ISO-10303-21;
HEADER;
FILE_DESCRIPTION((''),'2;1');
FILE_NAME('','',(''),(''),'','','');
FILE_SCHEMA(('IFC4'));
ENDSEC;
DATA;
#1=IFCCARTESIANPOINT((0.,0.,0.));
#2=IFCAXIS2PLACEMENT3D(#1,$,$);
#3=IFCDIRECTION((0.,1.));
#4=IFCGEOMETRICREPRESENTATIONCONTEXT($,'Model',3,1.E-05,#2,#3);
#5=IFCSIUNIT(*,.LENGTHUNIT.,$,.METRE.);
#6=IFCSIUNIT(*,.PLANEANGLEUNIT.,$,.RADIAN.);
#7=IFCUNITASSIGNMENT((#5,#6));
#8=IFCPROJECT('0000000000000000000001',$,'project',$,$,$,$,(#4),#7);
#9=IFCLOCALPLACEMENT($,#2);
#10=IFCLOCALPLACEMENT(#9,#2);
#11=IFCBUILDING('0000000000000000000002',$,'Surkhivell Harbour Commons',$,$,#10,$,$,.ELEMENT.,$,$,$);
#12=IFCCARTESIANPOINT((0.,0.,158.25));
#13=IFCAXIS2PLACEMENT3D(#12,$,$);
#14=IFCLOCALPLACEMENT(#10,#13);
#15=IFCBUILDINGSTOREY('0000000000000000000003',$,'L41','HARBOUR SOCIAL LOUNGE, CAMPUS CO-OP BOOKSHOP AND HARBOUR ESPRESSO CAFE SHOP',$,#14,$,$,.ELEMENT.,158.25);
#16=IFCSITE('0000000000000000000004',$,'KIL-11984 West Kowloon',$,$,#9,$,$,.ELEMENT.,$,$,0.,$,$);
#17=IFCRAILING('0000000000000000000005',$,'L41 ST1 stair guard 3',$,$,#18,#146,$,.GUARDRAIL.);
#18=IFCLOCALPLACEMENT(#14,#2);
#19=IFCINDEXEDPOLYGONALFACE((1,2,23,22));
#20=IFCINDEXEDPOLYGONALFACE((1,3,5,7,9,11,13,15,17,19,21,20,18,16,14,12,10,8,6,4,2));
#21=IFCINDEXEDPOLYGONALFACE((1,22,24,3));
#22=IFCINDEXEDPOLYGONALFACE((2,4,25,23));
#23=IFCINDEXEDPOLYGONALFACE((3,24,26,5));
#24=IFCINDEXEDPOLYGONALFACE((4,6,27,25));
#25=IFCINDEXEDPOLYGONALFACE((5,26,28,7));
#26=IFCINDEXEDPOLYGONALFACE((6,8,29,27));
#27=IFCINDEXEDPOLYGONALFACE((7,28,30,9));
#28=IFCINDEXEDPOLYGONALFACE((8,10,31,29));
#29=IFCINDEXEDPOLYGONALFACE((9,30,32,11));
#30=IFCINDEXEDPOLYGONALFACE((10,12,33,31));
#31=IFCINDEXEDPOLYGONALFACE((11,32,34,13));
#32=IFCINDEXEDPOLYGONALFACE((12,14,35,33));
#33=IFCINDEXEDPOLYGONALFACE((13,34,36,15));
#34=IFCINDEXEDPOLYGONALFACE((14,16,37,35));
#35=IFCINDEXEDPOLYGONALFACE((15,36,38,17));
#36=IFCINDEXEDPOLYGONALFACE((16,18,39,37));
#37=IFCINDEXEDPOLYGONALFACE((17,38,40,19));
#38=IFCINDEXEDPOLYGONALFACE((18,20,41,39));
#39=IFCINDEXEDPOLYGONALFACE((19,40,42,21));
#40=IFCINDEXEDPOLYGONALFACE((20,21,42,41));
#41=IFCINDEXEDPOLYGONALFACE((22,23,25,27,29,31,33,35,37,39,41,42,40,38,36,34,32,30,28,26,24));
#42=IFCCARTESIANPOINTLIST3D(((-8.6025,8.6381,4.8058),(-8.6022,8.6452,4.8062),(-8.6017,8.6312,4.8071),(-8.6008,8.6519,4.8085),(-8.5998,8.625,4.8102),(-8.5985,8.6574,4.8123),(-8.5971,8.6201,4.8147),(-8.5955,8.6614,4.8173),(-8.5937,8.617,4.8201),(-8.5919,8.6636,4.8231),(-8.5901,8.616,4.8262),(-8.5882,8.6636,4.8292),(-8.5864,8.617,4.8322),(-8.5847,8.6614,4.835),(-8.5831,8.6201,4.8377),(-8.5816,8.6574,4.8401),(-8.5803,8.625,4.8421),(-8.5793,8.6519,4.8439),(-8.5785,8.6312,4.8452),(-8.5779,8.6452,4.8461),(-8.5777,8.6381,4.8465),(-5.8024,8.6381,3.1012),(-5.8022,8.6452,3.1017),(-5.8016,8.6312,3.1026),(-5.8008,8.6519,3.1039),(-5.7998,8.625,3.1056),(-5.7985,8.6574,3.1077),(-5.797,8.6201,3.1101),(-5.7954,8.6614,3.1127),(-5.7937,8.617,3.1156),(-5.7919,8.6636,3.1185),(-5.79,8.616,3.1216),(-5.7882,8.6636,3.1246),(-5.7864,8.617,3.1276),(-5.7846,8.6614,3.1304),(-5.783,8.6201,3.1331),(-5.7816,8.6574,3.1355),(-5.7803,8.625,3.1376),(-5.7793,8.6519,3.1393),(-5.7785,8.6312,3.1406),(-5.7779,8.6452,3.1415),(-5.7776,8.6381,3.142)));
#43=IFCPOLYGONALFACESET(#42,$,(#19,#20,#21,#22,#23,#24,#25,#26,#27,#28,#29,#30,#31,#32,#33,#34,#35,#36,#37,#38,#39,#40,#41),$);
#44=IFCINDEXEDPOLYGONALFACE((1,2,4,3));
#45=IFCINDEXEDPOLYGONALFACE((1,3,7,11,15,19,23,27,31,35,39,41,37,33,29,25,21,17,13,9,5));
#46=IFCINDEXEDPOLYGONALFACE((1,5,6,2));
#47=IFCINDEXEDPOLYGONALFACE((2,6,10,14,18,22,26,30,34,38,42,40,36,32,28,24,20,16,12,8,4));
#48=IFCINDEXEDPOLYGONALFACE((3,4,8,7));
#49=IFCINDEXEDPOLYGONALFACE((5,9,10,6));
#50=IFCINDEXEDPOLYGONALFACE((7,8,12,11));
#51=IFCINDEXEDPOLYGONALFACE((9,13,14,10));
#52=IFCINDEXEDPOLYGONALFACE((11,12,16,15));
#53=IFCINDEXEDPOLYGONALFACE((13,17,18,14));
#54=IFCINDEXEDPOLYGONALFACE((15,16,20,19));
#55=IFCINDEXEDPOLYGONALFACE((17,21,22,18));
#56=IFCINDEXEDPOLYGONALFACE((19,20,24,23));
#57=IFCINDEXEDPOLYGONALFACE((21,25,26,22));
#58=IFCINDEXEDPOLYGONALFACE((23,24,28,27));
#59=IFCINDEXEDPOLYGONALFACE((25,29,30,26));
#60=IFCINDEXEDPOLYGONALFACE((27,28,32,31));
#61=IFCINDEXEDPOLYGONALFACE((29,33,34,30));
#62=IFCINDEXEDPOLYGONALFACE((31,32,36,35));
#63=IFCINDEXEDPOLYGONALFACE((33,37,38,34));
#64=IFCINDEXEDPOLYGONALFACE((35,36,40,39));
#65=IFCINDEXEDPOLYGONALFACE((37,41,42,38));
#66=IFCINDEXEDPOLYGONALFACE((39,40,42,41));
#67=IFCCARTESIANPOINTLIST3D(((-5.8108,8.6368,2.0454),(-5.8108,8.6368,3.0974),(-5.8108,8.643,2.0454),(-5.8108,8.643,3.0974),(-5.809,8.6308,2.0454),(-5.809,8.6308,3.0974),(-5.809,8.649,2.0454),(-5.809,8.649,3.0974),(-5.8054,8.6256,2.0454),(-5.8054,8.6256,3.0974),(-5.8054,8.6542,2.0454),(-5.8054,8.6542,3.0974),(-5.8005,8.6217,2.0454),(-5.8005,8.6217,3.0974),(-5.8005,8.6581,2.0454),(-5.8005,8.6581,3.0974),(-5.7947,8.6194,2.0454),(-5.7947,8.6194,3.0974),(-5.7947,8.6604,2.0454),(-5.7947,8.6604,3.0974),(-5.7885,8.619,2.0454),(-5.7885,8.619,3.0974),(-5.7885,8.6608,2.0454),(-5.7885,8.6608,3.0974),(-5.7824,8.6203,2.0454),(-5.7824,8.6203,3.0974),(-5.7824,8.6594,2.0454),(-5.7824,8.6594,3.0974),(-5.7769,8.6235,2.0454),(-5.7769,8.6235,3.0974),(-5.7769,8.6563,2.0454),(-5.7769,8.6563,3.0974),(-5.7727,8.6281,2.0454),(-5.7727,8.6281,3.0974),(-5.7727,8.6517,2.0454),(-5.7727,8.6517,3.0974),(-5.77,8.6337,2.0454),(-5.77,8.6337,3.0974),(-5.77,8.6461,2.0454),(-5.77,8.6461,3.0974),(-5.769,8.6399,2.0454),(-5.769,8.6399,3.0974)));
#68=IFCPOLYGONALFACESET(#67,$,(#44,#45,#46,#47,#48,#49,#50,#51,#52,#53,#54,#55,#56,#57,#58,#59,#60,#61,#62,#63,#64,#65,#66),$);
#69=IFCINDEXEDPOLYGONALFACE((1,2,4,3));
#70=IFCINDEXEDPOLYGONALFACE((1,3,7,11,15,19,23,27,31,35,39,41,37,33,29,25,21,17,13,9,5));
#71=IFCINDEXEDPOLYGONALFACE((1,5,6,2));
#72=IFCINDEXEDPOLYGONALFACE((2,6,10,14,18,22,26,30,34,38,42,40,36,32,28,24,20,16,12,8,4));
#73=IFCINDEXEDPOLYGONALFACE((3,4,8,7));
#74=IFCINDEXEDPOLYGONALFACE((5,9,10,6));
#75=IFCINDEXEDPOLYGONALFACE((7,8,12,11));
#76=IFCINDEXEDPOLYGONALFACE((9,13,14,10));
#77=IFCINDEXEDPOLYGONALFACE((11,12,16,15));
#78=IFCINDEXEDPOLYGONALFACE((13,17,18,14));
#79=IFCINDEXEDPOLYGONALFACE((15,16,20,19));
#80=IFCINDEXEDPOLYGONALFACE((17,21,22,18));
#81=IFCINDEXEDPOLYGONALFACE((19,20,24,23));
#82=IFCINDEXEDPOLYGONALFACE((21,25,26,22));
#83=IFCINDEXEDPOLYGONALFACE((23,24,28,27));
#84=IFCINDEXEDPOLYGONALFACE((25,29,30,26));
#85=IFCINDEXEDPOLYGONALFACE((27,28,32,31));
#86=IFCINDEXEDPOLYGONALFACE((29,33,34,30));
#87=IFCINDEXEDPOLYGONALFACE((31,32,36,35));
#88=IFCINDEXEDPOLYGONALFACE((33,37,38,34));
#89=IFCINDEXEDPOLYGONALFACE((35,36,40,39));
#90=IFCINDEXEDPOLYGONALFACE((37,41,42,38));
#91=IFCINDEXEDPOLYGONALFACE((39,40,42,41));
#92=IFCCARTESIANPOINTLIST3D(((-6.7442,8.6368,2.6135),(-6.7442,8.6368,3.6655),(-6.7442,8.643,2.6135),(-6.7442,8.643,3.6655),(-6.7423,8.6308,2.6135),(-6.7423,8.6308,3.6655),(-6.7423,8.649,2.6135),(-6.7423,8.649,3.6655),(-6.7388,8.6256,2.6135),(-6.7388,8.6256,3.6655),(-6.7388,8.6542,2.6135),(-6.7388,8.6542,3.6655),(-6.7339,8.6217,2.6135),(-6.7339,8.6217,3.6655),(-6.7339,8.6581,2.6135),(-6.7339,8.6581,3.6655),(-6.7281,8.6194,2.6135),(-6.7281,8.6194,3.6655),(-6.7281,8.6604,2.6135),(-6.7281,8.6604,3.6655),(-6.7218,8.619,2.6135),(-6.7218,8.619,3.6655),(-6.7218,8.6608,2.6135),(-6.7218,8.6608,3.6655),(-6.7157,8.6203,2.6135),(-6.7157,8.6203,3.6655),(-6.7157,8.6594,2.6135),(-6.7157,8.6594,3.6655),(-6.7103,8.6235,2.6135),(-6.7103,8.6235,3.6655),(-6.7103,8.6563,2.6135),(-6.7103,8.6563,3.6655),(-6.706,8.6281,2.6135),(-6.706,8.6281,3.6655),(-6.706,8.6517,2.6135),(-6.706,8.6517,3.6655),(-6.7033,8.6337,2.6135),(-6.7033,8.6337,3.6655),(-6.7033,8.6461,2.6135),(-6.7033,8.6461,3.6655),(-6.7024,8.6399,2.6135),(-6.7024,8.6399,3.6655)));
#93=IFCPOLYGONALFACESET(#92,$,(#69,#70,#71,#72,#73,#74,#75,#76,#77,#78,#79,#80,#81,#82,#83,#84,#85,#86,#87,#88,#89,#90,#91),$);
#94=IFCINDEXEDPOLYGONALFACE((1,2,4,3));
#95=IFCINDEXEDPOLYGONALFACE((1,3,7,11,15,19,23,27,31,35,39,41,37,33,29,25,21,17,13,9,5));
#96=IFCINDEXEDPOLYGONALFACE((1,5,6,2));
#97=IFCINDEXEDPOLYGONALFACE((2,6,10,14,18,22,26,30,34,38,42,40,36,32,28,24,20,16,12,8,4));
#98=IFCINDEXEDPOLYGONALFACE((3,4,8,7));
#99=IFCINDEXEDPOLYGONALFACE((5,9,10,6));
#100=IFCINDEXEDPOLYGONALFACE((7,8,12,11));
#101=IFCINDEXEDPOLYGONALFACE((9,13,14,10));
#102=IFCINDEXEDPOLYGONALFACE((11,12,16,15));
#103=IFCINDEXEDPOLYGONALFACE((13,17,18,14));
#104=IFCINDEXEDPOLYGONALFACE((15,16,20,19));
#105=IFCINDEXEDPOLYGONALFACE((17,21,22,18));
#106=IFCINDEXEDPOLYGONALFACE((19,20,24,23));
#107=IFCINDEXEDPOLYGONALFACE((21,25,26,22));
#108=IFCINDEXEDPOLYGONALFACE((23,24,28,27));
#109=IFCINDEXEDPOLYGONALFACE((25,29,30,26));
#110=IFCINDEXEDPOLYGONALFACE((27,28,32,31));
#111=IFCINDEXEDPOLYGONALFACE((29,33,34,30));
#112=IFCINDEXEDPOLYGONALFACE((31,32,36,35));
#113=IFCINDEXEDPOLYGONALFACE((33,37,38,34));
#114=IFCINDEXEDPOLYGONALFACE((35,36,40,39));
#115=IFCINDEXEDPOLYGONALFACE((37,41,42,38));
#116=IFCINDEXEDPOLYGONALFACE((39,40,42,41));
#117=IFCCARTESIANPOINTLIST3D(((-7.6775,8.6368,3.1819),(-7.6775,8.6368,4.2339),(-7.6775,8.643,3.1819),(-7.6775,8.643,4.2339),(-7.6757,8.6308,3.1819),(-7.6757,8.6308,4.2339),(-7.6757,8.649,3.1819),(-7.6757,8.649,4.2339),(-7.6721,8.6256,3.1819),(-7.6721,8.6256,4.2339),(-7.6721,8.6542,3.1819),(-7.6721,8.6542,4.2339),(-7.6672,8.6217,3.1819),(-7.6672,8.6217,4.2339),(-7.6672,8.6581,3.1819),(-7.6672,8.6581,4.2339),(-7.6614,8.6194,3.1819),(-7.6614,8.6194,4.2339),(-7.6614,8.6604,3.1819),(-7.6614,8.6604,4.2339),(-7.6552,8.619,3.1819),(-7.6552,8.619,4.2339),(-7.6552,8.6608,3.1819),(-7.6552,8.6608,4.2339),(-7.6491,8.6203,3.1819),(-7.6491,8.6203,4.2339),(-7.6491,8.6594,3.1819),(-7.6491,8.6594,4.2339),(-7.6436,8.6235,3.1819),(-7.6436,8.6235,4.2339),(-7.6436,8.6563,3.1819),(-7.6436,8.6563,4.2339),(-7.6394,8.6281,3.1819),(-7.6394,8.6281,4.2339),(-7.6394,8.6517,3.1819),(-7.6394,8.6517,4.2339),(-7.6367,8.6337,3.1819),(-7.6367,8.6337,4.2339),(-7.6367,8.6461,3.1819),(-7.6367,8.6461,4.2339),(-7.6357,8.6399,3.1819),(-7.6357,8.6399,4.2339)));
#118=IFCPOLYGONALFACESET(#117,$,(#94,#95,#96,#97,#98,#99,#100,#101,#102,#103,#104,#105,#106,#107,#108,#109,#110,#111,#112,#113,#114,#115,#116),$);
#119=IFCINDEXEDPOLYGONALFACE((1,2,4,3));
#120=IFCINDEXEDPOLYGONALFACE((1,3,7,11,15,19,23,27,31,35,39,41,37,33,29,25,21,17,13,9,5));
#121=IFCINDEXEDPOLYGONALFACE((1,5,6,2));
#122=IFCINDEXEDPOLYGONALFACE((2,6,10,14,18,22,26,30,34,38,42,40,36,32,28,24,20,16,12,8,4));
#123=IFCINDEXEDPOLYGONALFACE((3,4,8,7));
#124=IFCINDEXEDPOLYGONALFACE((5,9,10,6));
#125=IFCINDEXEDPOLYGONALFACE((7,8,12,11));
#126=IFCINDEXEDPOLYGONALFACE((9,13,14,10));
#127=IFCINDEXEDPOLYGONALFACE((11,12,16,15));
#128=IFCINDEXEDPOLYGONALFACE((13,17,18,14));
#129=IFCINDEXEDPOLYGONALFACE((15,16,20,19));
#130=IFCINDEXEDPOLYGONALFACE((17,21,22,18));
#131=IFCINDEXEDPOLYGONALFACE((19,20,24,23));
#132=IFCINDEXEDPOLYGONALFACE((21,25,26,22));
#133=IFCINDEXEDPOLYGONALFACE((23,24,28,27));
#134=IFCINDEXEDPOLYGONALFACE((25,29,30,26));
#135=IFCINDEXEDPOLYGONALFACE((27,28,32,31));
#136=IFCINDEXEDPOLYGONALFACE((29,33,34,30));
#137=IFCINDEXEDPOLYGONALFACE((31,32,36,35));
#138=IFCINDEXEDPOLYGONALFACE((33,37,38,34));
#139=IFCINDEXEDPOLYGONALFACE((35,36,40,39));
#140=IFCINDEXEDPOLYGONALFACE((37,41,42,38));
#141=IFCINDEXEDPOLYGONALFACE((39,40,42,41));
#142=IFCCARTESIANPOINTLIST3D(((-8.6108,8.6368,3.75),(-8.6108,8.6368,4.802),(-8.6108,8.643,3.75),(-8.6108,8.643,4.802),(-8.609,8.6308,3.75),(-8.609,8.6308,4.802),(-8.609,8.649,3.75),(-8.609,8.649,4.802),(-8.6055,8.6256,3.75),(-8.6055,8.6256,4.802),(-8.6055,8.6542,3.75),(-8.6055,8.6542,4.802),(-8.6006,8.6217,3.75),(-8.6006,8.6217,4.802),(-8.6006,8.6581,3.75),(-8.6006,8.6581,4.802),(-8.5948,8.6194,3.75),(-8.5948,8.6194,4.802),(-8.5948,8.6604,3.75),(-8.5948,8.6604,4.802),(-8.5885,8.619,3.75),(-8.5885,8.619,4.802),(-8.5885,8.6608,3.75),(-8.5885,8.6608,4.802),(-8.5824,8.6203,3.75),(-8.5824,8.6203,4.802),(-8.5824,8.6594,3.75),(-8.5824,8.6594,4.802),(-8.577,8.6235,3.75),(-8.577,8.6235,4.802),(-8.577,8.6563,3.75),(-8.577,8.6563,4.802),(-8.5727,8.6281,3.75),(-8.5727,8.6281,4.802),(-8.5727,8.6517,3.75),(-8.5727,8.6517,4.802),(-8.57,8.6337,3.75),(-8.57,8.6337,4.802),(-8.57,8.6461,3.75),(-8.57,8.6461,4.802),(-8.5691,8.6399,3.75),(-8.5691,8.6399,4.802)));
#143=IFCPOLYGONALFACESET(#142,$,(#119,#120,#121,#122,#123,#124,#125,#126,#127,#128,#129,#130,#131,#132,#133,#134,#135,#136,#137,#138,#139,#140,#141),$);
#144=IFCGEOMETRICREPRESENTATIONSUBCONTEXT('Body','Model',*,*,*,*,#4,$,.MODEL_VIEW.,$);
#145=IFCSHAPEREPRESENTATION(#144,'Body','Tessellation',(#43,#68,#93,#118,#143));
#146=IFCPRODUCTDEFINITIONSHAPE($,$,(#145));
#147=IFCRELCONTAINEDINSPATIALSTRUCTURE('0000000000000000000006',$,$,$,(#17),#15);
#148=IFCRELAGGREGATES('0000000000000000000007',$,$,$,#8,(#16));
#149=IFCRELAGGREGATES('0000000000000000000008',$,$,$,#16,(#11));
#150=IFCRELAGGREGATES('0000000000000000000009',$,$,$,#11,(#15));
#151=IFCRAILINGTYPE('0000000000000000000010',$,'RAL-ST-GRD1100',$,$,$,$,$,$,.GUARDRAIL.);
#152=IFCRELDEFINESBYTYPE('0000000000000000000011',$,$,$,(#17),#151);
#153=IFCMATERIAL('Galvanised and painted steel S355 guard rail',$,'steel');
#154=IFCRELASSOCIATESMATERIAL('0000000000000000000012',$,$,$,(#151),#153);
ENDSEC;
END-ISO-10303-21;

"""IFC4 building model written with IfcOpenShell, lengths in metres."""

from ifc_helpers import new_model, si_unit, direction, frame, origin, origin_2d, place, context, subcontext, project, spatial, circle, extrude, material, type_object, element, save


model = new_model("IFC4")

# Units and contexts
model_context = context("Model", 3, precision=1e-05, world=origin(), true_north=direction((0.0, 1.0)))
body_context = subcontext(model_context, "Body", "Model", "MODEL_VIEW")
ifc_project = project(units=[si_unit("LENGTHUNIT", "METRE"), si_unit("PLANEANGLEUNIT", "RADIAN")], contexts=[model_context])

# Site, building, storey
site_placement = place(None, origin())
site = spatial("IfcSite", under=ifc_project, at=site_placement, Name="KIL-11984 West Kowloon", CompositionType="ELEMENT", RefElevation=0.0)
building_placement = place(site_placement, origin())
building = spatial("IfcBuilding", under=site, at=building_placement, Name="Surkhivell Harbour Commons", CompositionType="ELEMENT")
storey_placement = place(building_placement, frame((0.0, 0.0, 158.25)))
storey = spatial("IfcBuildingStorey", under=building, at=storey_placement, Name="L41", Description="HARBOUR SOCIAL LOUNGE, CAMPUS CO-OP BOOKSHOP AND HARBOUR ESPRESSO CAFE SHOP", CompositionType="ELEMENT", Elevation=158.25)

# Railing
ifc_material_1 = material(Name="Galvanised and painted steel S355 guard rail", Category="steel")
railing_type_1 = type_object("IfcRailingType", Name="RAL-ST-GRD1100", PredefinedType="GUARDRAIL", material=ifc_material_1)
railing_1_placement = place(storey_placement, frame((-5.79, 8.6399, 2.0454)))
element("IfcRailing", 1, at=railing_1_placement, inside=storey, type_object=railing_type_1, Name="L41 ST1 stair guard 3", PredefinedType="GUARDRAIL", context=body_context, shape_type="SweptSolid", body=[
    extrude(circle(Radius=0.0239, at=origin_2d()), frame((0.0, 0.0, 1.0762), z_axis=(-0.85417, 0.0, 0.519994), x_axis=(0.0, -1.0, 0.0)), (0.0, 0.0, 1.0), 3.2781),
    extrude(circle(Radius=0.021, at=origin_2d()), origin(), (0.0, 0.0, 1.0), 1.052),
    extrude(circle(Radius=0.021, at=origin_2d()), frame((-0.9333, 0.0, 0.5681)), (0.0, 0.0, 1.0), 1.052),
    extrude(circle(Radius=0.021, at=origin_2d()), frame((-1.8667, 0.0, 1.1365)), (0.0, 0.0, 1.0), 1.052),
    extrude(circle(Radius=0.021, at=origin_2d()), frame((-2.8, 0.0, 1.7046)), (0.0, 0.0, 1.0), 1.052),
])

save(model, "model.ifc")
